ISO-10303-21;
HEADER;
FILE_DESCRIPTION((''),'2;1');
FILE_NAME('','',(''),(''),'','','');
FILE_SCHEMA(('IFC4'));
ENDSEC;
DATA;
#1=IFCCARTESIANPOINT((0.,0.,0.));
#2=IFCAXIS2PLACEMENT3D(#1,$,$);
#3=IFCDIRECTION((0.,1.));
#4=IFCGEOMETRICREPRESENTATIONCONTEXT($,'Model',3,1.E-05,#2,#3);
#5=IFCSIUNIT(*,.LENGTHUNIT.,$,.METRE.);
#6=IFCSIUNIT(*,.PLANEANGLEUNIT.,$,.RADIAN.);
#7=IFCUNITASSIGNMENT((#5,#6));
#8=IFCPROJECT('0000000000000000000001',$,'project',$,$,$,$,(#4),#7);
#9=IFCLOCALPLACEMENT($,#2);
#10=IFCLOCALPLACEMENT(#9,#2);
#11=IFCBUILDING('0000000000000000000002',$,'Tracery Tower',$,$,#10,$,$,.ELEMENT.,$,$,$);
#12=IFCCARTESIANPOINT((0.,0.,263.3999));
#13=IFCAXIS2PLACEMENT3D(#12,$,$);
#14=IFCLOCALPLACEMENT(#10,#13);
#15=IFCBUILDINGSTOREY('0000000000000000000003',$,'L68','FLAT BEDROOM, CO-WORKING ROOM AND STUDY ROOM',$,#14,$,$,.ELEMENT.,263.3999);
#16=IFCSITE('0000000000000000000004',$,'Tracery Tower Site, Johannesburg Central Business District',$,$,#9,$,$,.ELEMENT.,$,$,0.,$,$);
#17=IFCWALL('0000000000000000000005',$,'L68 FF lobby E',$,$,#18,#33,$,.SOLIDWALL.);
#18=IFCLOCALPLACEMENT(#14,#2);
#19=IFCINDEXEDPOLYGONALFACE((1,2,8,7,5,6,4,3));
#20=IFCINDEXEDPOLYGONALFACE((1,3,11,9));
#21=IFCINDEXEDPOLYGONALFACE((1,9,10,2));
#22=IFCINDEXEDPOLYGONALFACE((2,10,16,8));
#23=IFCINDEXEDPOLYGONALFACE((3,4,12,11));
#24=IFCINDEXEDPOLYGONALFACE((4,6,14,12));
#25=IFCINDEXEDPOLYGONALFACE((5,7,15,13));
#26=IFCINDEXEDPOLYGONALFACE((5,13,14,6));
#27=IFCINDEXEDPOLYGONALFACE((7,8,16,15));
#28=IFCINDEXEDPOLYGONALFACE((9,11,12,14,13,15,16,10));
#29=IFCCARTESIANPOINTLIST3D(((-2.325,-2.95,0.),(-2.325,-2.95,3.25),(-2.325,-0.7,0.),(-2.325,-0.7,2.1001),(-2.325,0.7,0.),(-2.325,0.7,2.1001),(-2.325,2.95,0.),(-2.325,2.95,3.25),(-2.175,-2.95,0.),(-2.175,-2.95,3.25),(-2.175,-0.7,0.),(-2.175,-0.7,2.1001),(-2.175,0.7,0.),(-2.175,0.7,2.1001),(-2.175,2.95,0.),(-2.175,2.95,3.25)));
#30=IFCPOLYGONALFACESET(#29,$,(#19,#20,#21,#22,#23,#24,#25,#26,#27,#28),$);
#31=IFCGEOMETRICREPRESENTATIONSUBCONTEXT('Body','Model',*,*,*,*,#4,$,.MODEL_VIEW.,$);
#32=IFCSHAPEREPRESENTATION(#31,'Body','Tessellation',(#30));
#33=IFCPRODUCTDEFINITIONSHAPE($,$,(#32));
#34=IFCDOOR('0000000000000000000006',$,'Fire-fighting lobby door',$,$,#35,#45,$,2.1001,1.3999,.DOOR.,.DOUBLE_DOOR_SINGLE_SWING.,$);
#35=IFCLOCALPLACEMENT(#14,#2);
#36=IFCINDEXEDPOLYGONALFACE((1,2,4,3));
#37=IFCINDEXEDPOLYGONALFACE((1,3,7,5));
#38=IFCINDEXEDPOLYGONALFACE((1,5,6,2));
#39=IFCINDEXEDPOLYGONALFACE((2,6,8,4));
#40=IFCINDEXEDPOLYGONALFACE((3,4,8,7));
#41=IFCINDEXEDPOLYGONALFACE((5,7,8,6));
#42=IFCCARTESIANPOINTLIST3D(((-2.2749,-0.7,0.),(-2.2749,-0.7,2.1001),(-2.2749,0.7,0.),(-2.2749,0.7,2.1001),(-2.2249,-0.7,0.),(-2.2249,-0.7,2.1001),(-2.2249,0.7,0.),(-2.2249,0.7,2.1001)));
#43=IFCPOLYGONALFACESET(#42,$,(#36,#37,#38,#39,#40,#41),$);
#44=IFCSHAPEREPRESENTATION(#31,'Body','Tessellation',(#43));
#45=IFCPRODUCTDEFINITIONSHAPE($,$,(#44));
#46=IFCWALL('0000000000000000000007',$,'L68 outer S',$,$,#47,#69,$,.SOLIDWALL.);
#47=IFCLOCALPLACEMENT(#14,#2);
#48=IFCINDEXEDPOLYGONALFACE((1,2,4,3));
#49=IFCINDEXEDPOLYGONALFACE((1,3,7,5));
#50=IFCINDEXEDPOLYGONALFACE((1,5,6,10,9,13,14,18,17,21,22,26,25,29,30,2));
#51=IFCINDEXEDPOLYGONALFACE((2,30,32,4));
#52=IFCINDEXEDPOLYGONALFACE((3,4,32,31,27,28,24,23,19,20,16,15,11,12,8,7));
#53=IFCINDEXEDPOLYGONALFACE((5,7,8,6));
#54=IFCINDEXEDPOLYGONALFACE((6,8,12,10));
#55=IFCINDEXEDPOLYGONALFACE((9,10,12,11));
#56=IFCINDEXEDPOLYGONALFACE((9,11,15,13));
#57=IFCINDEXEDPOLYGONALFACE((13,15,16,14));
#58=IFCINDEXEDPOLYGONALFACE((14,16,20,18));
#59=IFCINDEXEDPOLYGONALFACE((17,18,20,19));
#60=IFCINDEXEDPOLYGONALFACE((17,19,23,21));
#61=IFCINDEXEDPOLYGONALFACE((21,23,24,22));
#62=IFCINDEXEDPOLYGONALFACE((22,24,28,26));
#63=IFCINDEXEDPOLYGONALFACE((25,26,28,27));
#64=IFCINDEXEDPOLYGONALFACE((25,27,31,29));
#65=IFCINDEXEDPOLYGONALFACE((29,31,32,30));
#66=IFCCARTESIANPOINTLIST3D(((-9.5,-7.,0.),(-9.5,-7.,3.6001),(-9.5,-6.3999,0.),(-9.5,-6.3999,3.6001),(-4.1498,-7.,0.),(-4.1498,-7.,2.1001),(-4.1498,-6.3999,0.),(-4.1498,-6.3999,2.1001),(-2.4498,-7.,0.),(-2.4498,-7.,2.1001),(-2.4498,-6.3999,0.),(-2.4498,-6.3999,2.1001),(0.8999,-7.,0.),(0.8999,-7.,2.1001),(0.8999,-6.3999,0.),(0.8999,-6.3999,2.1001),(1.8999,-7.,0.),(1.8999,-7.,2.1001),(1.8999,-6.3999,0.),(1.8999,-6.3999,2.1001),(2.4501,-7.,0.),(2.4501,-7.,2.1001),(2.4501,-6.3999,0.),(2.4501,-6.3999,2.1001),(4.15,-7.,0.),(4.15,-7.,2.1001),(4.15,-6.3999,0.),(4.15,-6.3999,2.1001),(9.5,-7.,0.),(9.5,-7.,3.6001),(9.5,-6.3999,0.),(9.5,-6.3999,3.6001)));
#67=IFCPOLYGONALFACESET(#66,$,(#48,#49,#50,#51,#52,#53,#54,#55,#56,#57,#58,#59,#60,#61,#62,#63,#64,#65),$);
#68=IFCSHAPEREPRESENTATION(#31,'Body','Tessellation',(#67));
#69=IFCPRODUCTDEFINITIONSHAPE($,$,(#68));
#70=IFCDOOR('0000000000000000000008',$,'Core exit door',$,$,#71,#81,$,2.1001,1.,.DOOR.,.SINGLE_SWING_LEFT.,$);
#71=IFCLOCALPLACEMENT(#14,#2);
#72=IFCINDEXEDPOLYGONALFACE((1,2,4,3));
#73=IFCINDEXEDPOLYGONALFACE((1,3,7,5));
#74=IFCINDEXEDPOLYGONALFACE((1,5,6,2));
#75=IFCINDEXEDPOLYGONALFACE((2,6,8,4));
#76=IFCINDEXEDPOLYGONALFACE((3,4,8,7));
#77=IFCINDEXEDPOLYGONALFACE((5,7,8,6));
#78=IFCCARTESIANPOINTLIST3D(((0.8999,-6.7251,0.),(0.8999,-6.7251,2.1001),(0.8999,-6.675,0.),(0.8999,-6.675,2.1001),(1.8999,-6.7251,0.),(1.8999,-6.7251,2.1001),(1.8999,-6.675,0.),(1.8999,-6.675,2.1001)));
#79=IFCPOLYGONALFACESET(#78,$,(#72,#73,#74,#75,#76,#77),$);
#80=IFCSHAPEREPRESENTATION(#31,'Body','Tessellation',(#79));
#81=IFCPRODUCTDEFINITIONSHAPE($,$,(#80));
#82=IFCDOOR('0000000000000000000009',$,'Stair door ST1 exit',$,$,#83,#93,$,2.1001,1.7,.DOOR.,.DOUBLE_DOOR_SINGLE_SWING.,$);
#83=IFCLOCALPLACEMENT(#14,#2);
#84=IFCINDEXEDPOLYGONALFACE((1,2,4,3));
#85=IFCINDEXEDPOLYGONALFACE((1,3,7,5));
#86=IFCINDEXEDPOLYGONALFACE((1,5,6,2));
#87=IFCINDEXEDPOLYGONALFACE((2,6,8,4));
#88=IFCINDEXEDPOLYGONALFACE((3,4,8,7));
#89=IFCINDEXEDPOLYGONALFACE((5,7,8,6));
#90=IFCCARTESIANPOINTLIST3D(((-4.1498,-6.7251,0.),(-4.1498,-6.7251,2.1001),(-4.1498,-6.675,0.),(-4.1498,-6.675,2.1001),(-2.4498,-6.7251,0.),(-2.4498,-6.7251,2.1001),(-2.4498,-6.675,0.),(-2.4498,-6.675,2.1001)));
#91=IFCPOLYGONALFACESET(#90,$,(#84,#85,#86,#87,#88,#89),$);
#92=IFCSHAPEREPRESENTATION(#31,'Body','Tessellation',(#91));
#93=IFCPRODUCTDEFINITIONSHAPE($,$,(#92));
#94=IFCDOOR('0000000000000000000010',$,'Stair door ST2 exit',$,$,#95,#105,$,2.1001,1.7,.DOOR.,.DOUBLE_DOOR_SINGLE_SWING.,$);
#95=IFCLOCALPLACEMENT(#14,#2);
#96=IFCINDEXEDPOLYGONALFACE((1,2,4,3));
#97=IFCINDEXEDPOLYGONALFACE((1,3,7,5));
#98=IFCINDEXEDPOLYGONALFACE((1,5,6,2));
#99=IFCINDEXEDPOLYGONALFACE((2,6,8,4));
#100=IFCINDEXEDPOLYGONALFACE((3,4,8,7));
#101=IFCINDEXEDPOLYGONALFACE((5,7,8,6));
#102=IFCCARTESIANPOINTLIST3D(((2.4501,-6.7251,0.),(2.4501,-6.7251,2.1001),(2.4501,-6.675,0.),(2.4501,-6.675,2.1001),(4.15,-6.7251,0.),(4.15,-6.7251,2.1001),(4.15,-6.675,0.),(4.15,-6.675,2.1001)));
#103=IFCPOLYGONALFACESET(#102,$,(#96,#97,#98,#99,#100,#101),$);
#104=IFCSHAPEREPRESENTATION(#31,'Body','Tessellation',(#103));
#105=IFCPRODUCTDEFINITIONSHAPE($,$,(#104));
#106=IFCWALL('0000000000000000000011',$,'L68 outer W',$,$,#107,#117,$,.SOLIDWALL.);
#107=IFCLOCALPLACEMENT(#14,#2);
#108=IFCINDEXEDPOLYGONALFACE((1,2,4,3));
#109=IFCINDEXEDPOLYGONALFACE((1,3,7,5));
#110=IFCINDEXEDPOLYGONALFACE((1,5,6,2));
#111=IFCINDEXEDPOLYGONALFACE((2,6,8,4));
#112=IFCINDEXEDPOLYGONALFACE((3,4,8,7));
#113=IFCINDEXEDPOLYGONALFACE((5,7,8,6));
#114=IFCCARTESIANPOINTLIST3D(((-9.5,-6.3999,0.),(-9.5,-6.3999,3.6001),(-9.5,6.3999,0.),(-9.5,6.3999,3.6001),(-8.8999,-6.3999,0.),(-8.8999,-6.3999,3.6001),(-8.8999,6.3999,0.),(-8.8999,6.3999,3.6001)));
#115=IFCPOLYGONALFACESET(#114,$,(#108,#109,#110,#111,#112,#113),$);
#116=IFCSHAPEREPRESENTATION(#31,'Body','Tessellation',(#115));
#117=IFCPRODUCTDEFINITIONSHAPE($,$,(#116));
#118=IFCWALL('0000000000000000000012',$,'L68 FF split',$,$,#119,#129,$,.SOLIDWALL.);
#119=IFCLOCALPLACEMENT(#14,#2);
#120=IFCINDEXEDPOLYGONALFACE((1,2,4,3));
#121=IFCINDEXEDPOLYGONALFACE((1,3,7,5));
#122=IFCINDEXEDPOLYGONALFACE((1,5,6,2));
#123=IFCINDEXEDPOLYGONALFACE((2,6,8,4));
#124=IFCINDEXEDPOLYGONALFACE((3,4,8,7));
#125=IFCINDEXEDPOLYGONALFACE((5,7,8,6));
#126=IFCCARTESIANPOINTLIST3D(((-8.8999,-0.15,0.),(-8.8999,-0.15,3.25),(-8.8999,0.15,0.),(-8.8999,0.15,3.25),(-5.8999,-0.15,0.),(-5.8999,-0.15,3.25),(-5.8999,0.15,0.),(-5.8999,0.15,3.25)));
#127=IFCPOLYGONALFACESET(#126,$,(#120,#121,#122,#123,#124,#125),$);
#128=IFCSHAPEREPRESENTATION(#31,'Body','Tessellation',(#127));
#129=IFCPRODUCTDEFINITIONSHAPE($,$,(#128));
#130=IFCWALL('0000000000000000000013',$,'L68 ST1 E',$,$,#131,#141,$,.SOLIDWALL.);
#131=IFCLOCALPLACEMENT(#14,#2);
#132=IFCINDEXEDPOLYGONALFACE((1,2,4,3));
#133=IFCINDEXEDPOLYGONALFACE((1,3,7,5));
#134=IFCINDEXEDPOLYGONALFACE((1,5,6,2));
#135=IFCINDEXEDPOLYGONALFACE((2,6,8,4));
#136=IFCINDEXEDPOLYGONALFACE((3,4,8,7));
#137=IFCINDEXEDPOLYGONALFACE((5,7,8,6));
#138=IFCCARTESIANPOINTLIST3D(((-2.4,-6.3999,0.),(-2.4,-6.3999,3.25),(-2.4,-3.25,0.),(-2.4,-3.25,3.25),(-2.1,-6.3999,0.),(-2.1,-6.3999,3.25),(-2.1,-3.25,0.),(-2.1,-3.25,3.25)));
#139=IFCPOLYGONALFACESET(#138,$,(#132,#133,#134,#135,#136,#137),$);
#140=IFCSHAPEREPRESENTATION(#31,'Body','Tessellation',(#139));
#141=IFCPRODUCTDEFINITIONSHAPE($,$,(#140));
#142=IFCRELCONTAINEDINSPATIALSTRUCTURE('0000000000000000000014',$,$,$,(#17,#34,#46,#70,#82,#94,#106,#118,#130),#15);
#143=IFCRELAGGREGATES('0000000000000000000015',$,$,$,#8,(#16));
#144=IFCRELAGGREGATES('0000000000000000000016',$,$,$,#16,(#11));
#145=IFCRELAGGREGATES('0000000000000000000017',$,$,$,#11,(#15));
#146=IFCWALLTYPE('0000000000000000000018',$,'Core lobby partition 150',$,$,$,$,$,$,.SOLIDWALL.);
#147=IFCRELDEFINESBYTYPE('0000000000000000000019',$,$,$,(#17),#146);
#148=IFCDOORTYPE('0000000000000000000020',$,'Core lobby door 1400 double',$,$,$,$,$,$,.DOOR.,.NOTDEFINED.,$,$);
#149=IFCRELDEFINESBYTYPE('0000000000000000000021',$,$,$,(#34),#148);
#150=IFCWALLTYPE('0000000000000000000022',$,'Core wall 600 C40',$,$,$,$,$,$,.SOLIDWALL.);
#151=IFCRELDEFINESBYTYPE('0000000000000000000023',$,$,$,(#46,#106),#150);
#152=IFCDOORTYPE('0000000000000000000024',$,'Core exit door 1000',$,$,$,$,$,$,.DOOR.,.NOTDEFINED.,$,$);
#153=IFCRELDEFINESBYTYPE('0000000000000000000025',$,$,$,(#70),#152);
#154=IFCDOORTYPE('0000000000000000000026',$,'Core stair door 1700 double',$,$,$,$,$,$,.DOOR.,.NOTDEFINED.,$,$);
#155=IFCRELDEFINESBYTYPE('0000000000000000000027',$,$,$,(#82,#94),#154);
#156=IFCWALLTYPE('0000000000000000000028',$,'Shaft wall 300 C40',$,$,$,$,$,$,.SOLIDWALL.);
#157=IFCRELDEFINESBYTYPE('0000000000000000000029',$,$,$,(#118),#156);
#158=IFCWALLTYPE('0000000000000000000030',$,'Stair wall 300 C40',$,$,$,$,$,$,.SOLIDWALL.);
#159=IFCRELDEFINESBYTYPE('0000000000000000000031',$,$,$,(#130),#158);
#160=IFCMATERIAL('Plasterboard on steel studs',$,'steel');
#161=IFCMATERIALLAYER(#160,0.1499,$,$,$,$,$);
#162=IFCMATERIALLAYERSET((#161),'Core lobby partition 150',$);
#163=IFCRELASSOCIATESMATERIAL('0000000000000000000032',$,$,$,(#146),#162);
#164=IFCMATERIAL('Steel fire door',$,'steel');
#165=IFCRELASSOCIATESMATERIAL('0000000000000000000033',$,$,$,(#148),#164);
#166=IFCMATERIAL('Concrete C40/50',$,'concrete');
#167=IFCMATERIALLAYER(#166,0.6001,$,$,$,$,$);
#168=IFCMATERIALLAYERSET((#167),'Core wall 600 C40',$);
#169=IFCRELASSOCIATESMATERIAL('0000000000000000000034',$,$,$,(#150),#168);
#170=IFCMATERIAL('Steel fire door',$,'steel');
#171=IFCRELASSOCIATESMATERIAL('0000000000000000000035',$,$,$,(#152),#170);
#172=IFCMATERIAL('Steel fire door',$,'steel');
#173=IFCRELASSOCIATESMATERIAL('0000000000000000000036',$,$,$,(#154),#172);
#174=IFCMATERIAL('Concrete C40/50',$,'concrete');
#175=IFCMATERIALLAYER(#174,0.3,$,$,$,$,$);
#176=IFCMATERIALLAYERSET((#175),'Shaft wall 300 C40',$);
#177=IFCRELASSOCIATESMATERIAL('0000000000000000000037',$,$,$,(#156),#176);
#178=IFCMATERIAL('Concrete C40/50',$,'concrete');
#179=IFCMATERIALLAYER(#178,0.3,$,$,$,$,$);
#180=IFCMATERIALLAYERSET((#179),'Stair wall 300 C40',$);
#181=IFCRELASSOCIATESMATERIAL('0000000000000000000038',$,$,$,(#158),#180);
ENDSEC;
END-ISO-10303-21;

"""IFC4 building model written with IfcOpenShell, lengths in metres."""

from ifc_helpers import new_model, si_unit, direction, frame, frame_2d, origin, place, context, subcontext, project, spatial, rectangle, extrude, material, layer, layer_set, type_object, element, fill, save


model = new_model("IFC4")

# Units and contexts
model_context = context("Model", 3, precision=1e-05, world=origin(), true_north=direction((0.0, 1.0)))
body_context = subcontext(model_context, "Body", "Model", "MODEL_VIEW")
ifc_project = project(units=[si_unit("LENGTHUNIT", "METRE"), si_unit("PLANEANGLEUNIT", "RADIAN")], contexts=[model_context])

# Site, building, storey
site_placement = place(None, origin())
site = spatial("IfcSite", under=ifc_project, at=site_placement, Name="Tracery Tower Site, Johannesburg Central Business District", CompositionType="ELEMENT", RefElevation=0.0)
building_placement = place(site_placement, origin())
building = spatial("IfcBuilding", under=site, at=building_placement, Name="Tracery Tower", CompositionType="ELEMENT")
storey_placement = place(building_placement, frame((0.0, 0.0, 263.3999)))
storey = spatial("IfcBuildingStorey", under=building, at=storey_placement, Name="L68", Description="FLAT BEDROOM, CO-WORKING ROOM AND STUDY ROOM", CompositionType="ELEMENT", Elevation=263.3999)

# Wall, opening, door
ifc_material_1 = material(Name="Plasterboard on steel studs", Category="steel")
ifc_layer_1 = layer(ifc_material_1, 0.1499)
ifc_layer_set_1 = layer_set([ifc_layer_1], Name="Core lobby partition 150")
wall_type_1 = type_object("IfcWallType", Name="Core lobby partition 150", PredefinedType="SOLIDWALL", material=ifc_layer_set_1)
wall_1_placement = place(storey_placement, frame((-2.25, -2.95, 0.0), z_axis=(0.0, 0.0, 1.0), x_axis=(0.0, 1.0, 0.0)))
wall_1 = element("IfcWall", 1, at=wall_1_placement, inside=storey, type_object=wall_type_1, Name="L68 FF lobby E", PredefinedType="SOLIDWALL", context=body_context, shape_type="SweptSolid", body=[
    extrude(rectangle(XDim=5.8999, YDim=0.1499, at=frame_2d((2.95, 0.0))), origin(), (0.0, 0.0, 1.0), 3.25),
])
opening_1_placement = place(wall_1_placement, frame((2.25, 0.0, 0.0)))
opening_1 = element("IfcOpeningElement", 2, at=opening_1_placement, cuts=wall_1, PredefinedType="OPENING", context=body_context, shape_type="SweptSolid", body=[
    extrude(rectangle(XDim=1.3999, YDim=2.1001, at=frame_2d((0.7, 1.05))), frame((0.0, 0.075, 0.0), z_axis=(0.0, -1.0, 0.0), x_axis=(1.0, 0.0, 0.0)), (0.0, 0.0, 1.0), 0.1499),
])
ifc_material_2 = material(Name="Steel fire door", Category="steel")
door_type_1 = type_object("IfcDoorType", Name="Core lobby door 1400 double", OperationType="NOTDEFINED", PredefinedType="DOOR", material=ifc_material_2)
door_1_placement = place(opening_1_placement, origin())
door_1 = element("IfcDoor", 3, at=door_1_placement, inside=storey, type_object=door_type_1, Name="Fire-fighting lobby door", OperationType="DOUBLE_DOOR_SINGLE_SWING", OverallHeight=2.1001, OverallWidth=1.3999, PredefinedType="DOOR", context=body_context, shape_type="SweptSolid", body=[
    extrude(rectangle(XDim=1.3999, YDim=2.1001, at=frame_2d((0.7, 1.05))), frame((0.0, 0.0249, 0.0), z_axis=(0.0, -1.0, 0.0), x_axis=(1.0, 0.0, 0.0)), (0.0, 0.0, 1.0), 0.05),
])
fill(opening_1, door_1)

# Wall, openings, doors
ifc_material_3 = material(Name="Concrete C40/50", Category="concrete")
ifc_layer_2 = layer(ifc_material_3, 0.6001)
ifc_layer_set_2 = layer_set([ifc_layer_2], Name="Core wall 600 C40")
wall_type_2 = type_object("IfcWallType", Name="Core wall 600 C40", PredefinedType="SOLIDWALL", material=ifc_layer_set_2)
wall_2_placement = place(storey_placement, frame((-9.5, -6.7, 0.0), z_axis=(0.0, 0.0, 1.0), x_axis=(1.0, 0.0, 0.0)))
wall_2 = element("IfcWall", 4, at=wall_2_placement, inside=storey, type_object=wall_type_2, Name="L68 outer S", PredefinedType="SOLIDWALL", context=body_context, shape_type="SweptSolid", body=[
    extrude(rectangle(XDim=19.0, YDim=0.6001, at=frame_2d((9.5, 0.0))), origin(), (0.0, 0.0, 1.0), 3.6001),
])
opening_2_placement = place(wall_2_placement, frame((10.3999, 0.0, 0.0)))
opening_2 = element("IfcOpeningElement", 5, at=opening_2_placement, cuts=wall_2, PredefinedType="OPENING", context=body_context, shape_type="SweptSolid", body=[
    extrude(rectangle(XDim=1.0, YDim=2.1001, at=frame_2d((0.5, 1.05))), frame((0.0, 0.3, 0.0), z_axis=(0.0, -1.0, 0.0), x_axis=(1.0, 0.0, 0.0)), (0.0, 0.0, 1.0), 0.6001),
])
opening_3_placement = place(wall_2_placement, frame((5.3501, 0.0, 0.0)))
opening_3 = element("IfcOpeningElement", 6, at=opening_3_placement, cuts=wall_2, PredefinedType="OPENING", context=body_context, shape_type="SweptSolid", body=[
    extrude(rectangle(XDim=1.7, YDim=2.1001, at=frame_2d((0.8501, 1.05))), frame((0.0, 0.3, 0.0), z_axis=(0.0, -1.0, 0.0), x_axis=(1.0, 0.0, 0.0)), (0.0, 0.0, 1.0), 0.6001),
])
opening_4_placement = place(wall_2_placement, frame((11.95, 0.0, 0.0)))
opening_4 = element("IfcOpeningElement", 7, at=opening_4_placement, cuts=wall_2, PredefinedType="OPENING", context=body_context, shape_type="SweptSolid", body=[
    extrude(rectangle(XDim=1.7, YDim=2.1001, at=frame_2d((0.8501, 1.05))), frame((0.0, 0.3, 0.0), z_axis=(0.0, -1.0, 0.0), x_axis=(1.0, 0.0, 0.0)), (0.0, 0.0, 1.0), 0.6001),
])
ifc_material_4 = material(Name="Steel fire door", Category="steel")
door_type_2 = type_object("IfcDoorType", Name="Core exit door 1000", OperationType="NOTDEFINED", PredefinedType="DOOR", material=ifc_material_4)
door_2_placement = place(opening_2_placement, origin())
door_2 = element("IfcDoor", 8, at=door_2_placement, inside=storey, type_object=door_type_2, Name="Core exit door", OperationType="SINGLE_SWING_LEFT", OverallHeight=2.1001, OverallWidth=1.0, PredefinedType="DOOR", context=body_context, shape_type="SweptSolid", body=[
    extrude(rectangle(XDim=1.0, YDim=2.1001, at=frame_2d((0.5, 1.05))), frame((0.0, 0.0249, 0.0), z_axis=(0.0, -1.0, 0.0), x_axis=(1.0, 0.0, 0.0)), (0.0, 0.0, 1.0), 0.05),
])
fill(opening_2, door_2)
ifc_material_5 = material(Name="Steel fire door", Category="steel")
door_type_3 = type_object("IfcDoorType", Name="Core stair door 1700 double", OperationType="NOTDEFINED", PredefinedType="DOOR", material=ifc_material_5)
door_3_placement = place(opening_3_placement, origin())
door_3 = element("IfcDoor", 9, at=door_3_placement, inside=storey, type_object=door_type_3, Name="Stair door ST1 exit", OperationType="DOUBLE_DOOR_SINGLE_SWING", OverallHeight=2.1001, OverallWidth=1.7, PredefinedType="DOOR", context=body_context, shape_type="SweptSolid", body=[
    extrude(rectangle(XDim=1.7, YDim=2.1001, at=frame_2d((0.8501, 1.05))), frame((0.0, 0.0249, 0.0), z_axis=(0.0, -1.0, 0.0), x_axis=(1.0, 0.0, 0.0)), (0.0, 0.0, 1.0), 0.05),
])
fill(opening_3, door_3)
door_4_placement = place(opening_4_placement, origin())
door_4 = element("IfcDoor", 10, at=door_4_placement, inside=storey, type_object=door_type_3, Name="Stair door ST2 exit", OperationType="DOUBLE_DOOR_SINGLE_SWING", OverallHeight=2.1001, OverallWidth=1.7, PredefinedType="DOOR", context=body_context, shape_type="SweptSolid", body=[
    extrude(rectangle(XDim=1.7, YDim=2.1001, at=frame_2d((0.8501, 1.05))), frame((0.0, 0.0249, 0.0), z_axis=(0.0, -1.0, 0.0), x_axis=(1.0, 0.0, 0.0)), (0.0, 0.0, 1.0), 0.05),
])
fill(opening_4, door_4)

# Walls
wall_3_placement = place(storey_placement, frame((-9.2, -6.3999, 0.0), z_axis=(0.0, 0.0, 1.0), x_axis=(0.0, 1.0, 0.0)))
element("IfcWall", 11, at=wall_3_placement, inside=storey, type_object=wall_type_2, Name="L68 outer W", PredefinedType="SOLIDWALL", context=body_context, shape_type="SweptSolid", body=[
    extrude(rectangle(XDim=12.7998, YDim=0.6001, at=frame_2d((6.3999, 0.0))), origin(), (0.0, 0.0, 1.0), 3.6001),
])
ifc_material_6 = material(Name="Concrete C40/50", Category="concrete")
ifc_layer_3 = layer(ifc_material_6, 0.3)
ifc_layer_set_3 = layer_set([ifc_layer_3], Name="Shaft wall 300 C40")
wall_type_3 = type_object("IfcWallType", Name="Shaft wall 300 C40", PredefinedType="SOLIDWALL", material=ifc_layer_set_3)
wall_4_placement = place(storey_placement, frame((-8.8999, 0.0, 0.0), z_axis=(0.0, 0.0, 1.0), x_axis=(1.0, 0.0, 0.0)))
element("IfcWall", 12, at=wall_4_placement, inside=storey, type_object=wall_type_3, Name="L68 FF split", PredefinedType="SOLIDWALL", context=body_context, shape_type="SweptSolid", body=[
    extrude(rectangle(XDim=3.0, YDim=0.3, at=frame_2d((1.5, 0.0))), origin(), (0.0, 0.0, 1.0), 3.25),
])

# Shared definitions
ifc_material_7 = material(Name="Concrete C40/50", Category="concrete")
ifc_layer_4 = layer(ifc_material_7, 0.3)
ifc_layer_set_4 = layer_set([ifc_layer_4], Name="Stair wall 300 C40")
wall_type_4 = type_object("IfcWallType", Name="Stair wall 300 C40", PredefinedType="SOLIDWALL", material=ifc_layer_set_4)

# Wall
wall_5_placement = place(storey_placement, frame((-2.25, -6.3999, 0.0), z_axis=(0.0, 0.0, 1.0), x_axis=(0.0, 1.0, 0.0)))
element("IfcWall", 13, at=wall_5_placement, inside=storey, type_object=wall_type_4, Name="L68 ST1 E", PredefinedType="SOLIDWALL", context=body_context, shape_type="SweptSolid", body=[
    extrude(rectangle(XDim=3.1499, YDim=0.3, at=frame_2d((1.575, 0.0))), origin(), (0.0, 0.0, 1.0), 3.25),
])

save(model, "model.ifc")
